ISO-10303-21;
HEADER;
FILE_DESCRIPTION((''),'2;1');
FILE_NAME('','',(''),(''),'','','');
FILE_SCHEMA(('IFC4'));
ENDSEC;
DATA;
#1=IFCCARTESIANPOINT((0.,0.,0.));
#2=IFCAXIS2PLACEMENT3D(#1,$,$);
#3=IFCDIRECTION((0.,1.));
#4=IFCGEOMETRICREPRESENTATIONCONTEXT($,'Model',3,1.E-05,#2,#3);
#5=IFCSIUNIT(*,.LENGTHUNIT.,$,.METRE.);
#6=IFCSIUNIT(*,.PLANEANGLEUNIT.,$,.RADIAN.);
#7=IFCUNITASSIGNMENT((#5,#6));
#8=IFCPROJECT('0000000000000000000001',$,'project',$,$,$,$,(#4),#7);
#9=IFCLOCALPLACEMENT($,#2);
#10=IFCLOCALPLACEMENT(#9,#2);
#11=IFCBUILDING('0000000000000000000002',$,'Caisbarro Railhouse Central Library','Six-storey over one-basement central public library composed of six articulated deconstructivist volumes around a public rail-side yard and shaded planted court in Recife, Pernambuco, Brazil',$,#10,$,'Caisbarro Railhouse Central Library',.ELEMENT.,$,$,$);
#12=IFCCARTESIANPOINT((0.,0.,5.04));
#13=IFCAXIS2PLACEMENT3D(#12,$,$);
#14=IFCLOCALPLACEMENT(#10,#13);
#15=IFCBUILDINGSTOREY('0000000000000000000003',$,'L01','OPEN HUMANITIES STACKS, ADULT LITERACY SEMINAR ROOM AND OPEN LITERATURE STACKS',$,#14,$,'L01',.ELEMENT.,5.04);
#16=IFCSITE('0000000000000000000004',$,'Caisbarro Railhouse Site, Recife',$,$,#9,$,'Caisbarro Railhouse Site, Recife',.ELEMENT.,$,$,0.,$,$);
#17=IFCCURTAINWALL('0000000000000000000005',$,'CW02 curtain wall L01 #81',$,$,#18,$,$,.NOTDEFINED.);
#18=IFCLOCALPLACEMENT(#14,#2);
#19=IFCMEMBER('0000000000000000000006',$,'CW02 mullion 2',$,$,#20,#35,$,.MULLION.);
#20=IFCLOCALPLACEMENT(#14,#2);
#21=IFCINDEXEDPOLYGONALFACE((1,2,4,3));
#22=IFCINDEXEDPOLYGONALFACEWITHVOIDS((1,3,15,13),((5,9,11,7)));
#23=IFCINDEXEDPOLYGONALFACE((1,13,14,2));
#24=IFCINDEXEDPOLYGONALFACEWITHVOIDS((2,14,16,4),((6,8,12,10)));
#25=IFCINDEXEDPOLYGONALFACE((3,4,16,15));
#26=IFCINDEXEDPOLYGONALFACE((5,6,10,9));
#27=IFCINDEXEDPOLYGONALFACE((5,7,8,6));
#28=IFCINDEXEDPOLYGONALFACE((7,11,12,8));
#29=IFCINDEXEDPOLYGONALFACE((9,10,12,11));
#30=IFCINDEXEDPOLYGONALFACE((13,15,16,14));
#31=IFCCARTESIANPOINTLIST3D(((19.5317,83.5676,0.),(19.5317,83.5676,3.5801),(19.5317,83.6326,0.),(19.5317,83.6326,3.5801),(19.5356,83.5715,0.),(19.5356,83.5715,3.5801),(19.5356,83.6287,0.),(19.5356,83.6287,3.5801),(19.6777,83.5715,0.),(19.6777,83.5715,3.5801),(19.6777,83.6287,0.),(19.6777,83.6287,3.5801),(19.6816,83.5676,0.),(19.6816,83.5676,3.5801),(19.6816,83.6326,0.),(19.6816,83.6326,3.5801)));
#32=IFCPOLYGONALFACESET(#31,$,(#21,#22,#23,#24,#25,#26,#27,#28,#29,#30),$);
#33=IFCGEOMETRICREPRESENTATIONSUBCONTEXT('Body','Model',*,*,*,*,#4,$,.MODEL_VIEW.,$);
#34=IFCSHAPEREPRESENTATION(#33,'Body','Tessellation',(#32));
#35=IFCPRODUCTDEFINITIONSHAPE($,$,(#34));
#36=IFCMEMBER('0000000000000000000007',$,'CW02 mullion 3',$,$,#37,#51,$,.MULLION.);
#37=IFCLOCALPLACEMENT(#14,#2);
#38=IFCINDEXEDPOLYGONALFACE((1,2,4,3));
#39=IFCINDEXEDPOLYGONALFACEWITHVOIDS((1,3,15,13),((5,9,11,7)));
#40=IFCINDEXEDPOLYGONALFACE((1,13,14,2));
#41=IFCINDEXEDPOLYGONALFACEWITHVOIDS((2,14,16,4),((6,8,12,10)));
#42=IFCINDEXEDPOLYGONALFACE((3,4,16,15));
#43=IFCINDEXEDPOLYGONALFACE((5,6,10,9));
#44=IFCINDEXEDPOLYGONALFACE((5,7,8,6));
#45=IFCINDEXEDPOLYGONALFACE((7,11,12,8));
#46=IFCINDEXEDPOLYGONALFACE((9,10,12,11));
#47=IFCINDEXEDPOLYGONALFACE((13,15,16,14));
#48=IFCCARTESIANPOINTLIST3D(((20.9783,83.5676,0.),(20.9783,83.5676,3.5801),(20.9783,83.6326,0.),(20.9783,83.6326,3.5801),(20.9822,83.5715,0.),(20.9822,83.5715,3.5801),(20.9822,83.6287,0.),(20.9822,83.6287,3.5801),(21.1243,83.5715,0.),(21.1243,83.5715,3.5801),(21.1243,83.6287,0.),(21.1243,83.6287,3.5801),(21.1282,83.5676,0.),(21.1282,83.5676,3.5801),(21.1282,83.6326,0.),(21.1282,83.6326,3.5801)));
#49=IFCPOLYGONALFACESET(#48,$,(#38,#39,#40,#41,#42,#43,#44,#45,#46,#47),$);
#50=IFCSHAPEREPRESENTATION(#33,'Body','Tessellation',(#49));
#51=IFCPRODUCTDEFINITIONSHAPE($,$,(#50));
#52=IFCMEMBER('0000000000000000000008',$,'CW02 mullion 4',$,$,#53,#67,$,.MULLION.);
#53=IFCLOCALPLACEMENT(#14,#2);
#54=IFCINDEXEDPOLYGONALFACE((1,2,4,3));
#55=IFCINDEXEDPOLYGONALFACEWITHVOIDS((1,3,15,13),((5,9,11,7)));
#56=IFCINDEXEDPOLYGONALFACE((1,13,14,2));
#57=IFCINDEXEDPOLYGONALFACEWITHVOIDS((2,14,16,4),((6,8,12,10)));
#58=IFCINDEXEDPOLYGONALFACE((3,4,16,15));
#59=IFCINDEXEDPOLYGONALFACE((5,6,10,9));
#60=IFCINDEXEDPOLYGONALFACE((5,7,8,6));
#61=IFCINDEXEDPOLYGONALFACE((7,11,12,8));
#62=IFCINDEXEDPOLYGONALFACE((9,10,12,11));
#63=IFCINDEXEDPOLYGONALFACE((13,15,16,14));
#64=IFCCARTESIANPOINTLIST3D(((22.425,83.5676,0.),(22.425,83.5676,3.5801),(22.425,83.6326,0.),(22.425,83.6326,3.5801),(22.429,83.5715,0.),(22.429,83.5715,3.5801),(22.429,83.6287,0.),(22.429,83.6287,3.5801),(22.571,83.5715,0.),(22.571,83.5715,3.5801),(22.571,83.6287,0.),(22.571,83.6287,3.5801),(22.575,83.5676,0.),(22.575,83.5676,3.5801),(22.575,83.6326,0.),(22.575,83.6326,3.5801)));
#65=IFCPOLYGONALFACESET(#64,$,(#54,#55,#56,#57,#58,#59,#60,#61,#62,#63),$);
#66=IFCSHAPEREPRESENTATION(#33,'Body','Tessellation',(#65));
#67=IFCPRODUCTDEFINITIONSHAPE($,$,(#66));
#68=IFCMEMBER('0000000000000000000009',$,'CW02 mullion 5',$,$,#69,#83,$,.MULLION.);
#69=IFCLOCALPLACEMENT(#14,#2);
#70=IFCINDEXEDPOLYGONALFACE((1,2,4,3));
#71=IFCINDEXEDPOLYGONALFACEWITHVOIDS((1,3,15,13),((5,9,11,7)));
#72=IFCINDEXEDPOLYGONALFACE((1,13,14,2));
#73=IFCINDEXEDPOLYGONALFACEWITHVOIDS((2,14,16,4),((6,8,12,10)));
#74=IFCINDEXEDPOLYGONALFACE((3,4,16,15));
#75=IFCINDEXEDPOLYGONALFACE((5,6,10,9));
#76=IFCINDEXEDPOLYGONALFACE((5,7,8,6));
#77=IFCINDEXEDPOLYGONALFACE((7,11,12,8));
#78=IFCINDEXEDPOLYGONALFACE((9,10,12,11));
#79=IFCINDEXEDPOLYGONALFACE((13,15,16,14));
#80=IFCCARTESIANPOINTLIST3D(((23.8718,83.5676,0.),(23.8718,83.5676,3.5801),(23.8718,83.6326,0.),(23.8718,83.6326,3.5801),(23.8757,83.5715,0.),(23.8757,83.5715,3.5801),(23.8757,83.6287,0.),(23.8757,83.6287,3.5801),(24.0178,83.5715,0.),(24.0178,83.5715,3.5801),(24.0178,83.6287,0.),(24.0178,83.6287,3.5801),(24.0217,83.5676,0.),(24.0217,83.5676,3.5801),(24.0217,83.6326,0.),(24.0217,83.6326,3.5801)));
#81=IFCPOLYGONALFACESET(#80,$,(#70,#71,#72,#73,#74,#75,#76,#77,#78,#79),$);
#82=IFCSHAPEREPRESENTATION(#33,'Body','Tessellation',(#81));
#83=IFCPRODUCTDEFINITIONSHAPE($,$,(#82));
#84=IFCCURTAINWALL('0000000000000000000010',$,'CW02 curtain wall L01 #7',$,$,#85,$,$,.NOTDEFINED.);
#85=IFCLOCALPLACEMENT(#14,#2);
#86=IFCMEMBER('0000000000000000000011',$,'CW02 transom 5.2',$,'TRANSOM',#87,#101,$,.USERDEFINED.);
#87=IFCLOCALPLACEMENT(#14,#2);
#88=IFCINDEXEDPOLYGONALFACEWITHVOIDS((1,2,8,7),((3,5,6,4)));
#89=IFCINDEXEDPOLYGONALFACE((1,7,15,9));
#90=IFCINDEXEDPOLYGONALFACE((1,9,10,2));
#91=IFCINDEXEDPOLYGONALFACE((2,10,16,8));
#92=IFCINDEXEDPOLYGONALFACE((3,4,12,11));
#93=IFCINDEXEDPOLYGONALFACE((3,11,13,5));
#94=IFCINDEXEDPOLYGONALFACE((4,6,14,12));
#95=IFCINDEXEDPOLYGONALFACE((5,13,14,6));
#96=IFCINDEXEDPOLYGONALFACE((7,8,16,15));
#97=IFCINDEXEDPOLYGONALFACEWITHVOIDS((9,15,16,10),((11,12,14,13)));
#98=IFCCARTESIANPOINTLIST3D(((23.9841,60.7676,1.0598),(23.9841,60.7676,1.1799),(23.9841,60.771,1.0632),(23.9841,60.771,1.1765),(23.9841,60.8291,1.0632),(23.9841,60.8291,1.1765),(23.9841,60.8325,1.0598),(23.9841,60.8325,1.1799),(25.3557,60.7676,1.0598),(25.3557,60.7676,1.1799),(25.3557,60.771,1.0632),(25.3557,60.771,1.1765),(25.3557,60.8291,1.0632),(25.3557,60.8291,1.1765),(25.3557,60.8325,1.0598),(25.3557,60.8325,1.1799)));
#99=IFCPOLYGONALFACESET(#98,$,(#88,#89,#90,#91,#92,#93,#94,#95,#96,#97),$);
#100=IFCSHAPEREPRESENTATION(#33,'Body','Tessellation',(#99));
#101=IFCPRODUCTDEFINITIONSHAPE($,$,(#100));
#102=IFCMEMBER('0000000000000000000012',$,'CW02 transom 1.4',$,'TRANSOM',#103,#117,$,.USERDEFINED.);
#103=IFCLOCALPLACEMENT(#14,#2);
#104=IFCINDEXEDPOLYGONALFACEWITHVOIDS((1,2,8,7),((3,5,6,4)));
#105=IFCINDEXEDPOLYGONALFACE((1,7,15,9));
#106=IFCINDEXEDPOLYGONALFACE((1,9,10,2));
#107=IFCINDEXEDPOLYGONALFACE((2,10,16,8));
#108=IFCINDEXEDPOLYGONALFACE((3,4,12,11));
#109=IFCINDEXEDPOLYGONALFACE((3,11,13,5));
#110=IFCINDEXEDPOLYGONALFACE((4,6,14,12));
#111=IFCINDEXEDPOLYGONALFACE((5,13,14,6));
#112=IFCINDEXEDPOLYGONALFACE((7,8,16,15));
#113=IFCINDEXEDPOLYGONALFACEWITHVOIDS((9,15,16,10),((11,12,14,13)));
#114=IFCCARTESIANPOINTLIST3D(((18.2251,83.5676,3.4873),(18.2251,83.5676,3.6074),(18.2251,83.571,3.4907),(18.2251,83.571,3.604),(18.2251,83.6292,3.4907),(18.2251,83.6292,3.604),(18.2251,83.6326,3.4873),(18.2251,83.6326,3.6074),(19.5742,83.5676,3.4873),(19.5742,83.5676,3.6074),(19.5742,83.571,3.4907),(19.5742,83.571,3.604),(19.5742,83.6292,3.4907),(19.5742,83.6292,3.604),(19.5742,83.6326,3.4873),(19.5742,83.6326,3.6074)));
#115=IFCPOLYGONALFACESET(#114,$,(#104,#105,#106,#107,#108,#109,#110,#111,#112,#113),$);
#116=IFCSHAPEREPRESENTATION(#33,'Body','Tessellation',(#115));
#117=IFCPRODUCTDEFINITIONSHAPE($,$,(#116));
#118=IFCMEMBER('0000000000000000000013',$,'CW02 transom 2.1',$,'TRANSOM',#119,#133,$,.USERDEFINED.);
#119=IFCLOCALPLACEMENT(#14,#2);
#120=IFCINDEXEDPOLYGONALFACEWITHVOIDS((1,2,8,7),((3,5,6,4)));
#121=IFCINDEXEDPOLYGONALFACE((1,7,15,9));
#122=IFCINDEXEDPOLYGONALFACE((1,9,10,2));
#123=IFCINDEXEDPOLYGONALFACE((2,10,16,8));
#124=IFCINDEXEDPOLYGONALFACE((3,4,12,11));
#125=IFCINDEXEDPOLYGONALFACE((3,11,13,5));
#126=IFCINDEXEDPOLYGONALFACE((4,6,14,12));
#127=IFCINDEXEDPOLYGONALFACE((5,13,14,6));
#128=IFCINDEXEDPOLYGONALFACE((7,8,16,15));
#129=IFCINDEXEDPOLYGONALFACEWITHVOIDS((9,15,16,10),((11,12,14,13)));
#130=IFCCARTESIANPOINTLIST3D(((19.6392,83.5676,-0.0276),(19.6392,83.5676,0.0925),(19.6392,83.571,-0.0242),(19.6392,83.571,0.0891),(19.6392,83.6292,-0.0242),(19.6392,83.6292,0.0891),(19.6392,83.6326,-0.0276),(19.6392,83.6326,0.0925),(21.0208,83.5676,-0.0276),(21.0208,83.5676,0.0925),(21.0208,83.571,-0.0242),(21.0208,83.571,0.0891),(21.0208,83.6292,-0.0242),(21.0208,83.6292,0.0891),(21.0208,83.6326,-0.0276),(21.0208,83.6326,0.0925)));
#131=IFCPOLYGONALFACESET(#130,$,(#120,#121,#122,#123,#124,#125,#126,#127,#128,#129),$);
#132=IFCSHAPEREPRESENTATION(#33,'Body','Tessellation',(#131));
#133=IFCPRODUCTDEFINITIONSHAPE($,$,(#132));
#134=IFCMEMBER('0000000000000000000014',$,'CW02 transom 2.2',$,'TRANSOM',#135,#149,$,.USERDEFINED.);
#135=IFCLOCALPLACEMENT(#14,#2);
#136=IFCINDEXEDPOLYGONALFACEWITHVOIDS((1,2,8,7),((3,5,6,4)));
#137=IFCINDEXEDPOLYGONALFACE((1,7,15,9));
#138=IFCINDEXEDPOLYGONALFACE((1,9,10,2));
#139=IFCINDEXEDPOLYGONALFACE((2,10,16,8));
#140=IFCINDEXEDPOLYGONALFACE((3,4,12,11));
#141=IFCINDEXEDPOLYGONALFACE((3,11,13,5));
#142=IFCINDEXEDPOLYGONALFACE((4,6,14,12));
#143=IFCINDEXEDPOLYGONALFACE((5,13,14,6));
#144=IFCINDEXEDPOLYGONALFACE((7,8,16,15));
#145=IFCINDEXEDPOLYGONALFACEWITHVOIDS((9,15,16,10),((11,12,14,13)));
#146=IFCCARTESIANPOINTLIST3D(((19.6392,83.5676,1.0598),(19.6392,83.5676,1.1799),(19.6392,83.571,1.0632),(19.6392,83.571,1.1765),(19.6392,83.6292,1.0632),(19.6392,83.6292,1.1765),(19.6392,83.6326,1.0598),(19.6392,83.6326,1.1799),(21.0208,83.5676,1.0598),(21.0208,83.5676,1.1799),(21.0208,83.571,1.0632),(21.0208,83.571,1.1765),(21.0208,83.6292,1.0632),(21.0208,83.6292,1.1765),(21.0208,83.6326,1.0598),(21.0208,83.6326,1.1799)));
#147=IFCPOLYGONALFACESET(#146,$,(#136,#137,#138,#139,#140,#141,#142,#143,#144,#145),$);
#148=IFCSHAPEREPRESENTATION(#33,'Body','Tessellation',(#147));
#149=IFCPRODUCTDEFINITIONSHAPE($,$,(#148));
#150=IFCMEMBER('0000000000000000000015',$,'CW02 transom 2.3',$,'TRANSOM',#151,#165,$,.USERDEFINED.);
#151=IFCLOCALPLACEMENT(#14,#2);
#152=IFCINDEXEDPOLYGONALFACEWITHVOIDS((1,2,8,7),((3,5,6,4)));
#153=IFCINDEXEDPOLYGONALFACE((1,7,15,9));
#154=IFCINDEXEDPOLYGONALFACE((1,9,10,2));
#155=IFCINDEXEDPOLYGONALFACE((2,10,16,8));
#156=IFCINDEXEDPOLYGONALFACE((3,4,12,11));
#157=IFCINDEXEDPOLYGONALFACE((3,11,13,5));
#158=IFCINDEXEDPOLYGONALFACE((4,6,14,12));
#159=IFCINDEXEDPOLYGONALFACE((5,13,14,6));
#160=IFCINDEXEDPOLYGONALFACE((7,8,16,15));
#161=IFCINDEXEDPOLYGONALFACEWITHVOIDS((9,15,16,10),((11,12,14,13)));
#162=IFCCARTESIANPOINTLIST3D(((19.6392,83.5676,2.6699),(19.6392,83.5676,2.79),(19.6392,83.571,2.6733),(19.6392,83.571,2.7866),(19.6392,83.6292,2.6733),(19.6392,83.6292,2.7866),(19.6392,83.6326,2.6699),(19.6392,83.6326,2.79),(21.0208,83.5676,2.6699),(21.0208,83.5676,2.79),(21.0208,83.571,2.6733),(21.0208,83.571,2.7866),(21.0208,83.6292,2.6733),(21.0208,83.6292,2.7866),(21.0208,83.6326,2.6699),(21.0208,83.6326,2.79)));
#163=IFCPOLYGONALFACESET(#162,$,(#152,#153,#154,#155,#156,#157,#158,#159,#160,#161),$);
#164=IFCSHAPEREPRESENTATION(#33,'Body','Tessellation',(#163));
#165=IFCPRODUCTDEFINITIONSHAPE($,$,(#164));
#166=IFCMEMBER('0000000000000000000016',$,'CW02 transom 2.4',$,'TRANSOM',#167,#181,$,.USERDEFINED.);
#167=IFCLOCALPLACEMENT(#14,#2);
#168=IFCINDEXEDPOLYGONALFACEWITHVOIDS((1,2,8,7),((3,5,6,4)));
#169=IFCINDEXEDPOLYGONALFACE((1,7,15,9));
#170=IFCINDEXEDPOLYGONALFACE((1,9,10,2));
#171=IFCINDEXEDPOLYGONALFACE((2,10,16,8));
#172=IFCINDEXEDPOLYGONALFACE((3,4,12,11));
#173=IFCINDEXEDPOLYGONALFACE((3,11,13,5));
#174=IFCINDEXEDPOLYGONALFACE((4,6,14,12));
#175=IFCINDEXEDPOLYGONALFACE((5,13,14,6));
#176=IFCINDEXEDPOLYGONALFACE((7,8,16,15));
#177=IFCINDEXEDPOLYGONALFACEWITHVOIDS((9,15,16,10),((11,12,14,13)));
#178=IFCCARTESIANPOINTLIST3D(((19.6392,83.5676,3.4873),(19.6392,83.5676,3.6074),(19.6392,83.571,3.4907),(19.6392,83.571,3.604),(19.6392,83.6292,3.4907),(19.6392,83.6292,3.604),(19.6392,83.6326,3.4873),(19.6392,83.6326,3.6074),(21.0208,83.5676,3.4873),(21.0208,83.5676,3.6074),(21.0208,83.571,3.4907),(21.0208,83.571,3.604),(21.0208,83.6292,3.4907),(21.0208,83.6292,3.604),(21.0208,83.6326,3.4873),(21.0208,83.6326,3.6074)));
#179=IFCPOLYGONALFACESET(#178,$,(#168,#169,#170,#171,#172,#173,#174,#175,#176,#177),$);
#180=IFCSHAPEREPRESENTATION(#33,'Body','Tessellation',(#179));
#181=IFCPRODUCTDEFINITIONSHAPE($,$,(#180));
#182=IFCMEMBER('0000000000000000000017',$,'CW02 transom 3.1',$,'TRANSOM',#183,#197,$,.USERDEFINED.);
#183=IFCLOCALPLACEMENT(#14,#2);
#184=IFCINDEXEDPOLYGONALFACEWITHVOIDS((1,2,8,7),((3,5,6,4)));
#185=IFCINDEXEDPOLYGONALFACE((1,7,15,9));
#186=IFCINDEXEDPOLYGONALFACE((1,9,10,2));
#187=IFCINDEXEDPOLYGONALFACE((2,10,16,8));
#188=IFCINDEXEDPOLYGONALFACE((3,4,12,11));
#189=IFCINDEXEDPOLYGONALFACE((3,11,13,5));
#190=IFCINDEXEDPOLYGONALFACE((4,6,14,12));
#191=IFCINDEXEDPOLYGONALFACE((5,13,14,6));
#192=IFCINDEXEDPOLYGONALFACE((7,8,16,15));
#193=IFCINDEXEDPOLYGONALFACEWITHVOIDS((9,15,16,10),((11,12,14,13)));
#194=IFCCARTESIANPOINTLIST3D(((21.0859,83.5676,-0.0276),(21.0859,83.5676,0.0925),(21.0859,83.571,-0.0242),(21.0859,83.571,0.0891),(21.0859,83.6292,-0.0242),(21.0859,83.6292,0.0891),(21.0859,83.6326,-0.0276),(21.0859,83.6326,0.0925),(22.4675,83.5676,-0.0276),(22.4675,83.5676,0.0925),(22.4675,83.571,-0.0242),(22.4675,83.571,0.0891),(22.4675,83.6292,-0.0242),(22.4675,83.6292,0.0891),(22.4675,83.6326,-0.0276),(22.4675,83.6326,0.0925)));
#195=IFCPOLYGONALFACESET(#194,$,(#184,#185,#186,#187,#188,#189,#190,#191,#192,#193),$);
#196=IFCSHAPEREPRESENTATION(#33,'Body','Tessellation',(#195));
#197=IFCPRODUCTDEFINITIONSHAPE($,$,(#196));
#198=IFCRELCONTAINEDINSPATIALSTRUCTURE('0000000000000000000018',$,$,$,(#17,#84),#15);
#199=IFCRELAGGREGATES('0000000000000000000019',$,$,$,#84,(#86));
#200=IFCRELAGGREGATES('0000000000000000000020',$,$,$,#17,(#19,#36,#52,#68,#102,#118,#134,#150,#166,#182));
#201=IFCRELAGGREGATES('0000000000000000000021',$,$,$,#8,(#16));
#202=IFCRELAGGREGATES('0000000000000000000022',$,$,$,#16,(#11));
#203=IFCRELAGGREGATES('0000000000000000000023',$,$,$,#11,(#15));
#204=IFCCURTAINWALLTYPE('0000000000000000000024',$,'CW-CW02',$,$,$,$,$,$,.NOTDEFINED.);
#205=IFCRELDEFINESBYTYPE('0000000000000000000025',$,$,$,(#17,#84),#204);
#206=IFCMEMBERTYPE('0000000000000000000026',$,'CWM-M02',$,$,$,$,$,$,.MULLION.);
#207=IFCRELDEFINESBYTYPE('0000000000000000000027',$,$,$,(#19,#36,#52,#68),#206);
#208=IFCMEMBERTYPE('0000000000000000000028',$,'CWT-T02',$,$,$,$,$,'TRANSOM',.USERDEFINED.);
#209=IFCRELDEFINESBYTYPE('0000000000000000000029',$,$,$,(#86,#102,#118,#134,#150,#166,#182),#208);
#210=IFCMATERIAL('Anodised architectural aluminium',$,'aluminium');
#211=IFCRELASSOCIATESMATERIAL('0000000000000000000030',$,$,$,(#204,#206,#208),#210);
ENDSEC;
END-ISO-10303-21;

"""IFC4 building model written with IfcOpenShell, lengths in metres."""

from ifc_helpers import new_model, si_unit, direction, frame, origin, origin_2d, place, context, subcontext, project, spatial, hollow_rectangle, extrude, material, material_profile, profile_set, type_object, element, aggregate, save


model = new_model("IFC4")

# Units and contexts
model_context = context("Model", 3, precision=1e-05, world=origin(), true_north=direction((0.0, 1.0)))
body_context = subcontext(model_context, "Body", "Model", "MODEL_VIEW")
ifc_project = project(units=[si_unit("LENGTHUNIT", "METRE"), si_unit("PLANEANGLEUNIT", "RADIAN")], contexts=[model_context])

# Site, building, storey
site_placement = place(None, origin())
site = spatial("IfcSite", under=ifc_project, at=site_placement, Name="Caisbarro Railhouse Site, Recife", LongName="Caisbarro Railhouse Site, Recife", CompositionType="ELEMENT", RefElevation=0.0)
building_placement = place(site_placement, origin())
building = spatial("IfcBuilding", under=site, at=building_placement, Name="Caisbarro Railhouse Central Library", Description="Six-storey over one-basement central public library composed of six articulated deconstructivist volumes around a public rail-side yard and shaded planted court in Recife, Pernambuco, Brazil", LongName="Caisbarro Railhouse Central Library", CompositionType="ELEMENT")
storey_placement = place(building_placement, frame((0.0, 0.0, 5.04)))
storey = spatial("IfcBuildingStorey", under=building, at=storey_placement, Name="L01", Description="OPEN HUMANITIES STACKS, ADULT LITERACY SEMINAR ROOM AND OPEN LITERATURE STACKS", LongName="L01", CompositionType="ELEMENT", Elevation=5.04)

# Curtain wall, members
ifc_material_1 = material(Name="Anodised architectural aluminium", Category="aluminium")
curtain_wall_type = type_object("IfcCurtainWallType", Name="CW-CW02", PredefinedType="NOTDEFINED", material=ifc_material_1)
curtain_wall_1_placement = place(storey_placement, origin())
curtain_wall_1 = element("IfcCurtainWall", 1, at=curtain_wall_1_placement, inside=storey, type_object=curtain_wall_type, Name="CW02 curtain wall L01 #81", PredefinedType="NOTDEFINED")
ifc_material_profile_1 = material_profile(ifc_material_1, hollow_rectangle(XDim=0.0649, YDim=0.1499, WallThickness=0.0039, at=origin_2d()), Name="ALU-MUL-65X150")
ifc_profile_set_1 = profile_set([ifc_material_profile_1], Name="Anodised architectural aluminium")
member_type_1 = type_object("IfcMemberType", Name="CWM-M02", PredefinedType="MULLION", material=ifc_profile_set_1)
member_1_placement = place(storey_placement, frame((19.6067, 83.6001, 0.0), z_axis=(0.0, 0.0, 1.0), x_axis=(0.0, 1.0, 0.0)))
member_1 = element("IfcMember", 2, at=member_1_placement, type_object=member_type_1, Name="CW02 mullion 2", PredefinedType="MULLION", context=body_context, shape_type="SweptSolid", body=[
    extrude(hollow_rectangle(XDim=0.0649, YDim=0.1499, WallThickness=0.0039, at=origin_2d()), origin(), (0.0, 0.0, 1.0), 3.5801),
])
member_2_placement = place(storey_placement, frame((21.0532, 83.6001, 0.0), z_axis=(0.0, 0.0, 1.0), x_axis=(0.0, 1.0, 0.0)))
member_2 = element("IfcMember", 3, at=member_2_placement, type_object=member_type_1, Name="CW02 mullion 3", PredefinedType="MULLION", context=body_context, shape_type="SweptSolid", body=[
    extrude(hollow_rectangle(XDim=0.0649, YDim=0.1499, WallThickness=0.0039, at=origin_2d()), origin(), (0.0, 0.0, 1.0), 3.5801),
])
member_3_placement = place(storey_placement, frame((22.5, 83.6001, 0.0), z_axis=(0.0, 0.0, 1.0), x_axis=(0.0, 1.0, 0.0)))
member_3 = element("IfcMember", 4, at=member_3_placement, type_object=member_type_1, Name="CW02 mullion 4", PredefinedType="MULLION", context=body_context, shape_type="SweptSolid", body=[
    extrude(hollow_rectangle(XDim=0.0649, YDim=0.1499, WallThickness=0.0039, at=origin_2d()), origin(), (0.0, 0.0, 1.0), 3.5801),
])
member_4_placement = place(storey_placement, frame((23.9468, 83.6001, 0.0), z_axis=(0.0, 0.0, 1.0), x_axis=(0.0, 1.0, 0.0)))
member_4 = element("IfcMember", 5, at=member_4_placement, type_object=member_type_1, Name="CW02 mullion 5", PredefinedType="MULLION", context=body_context, shape_type="SweptSolid", body=[
    extrude(hollow_rectangle(XDim=0.0649, YDim=0.1499, WallThickness=0.0039, at=origin_2d()), origin(), (0.0, 0.0, 1.0), 3.5801),
])

# Curtain wall, member
curtain_wall_2_placement = place(storey_placement, origin())
curtain_wall_2 = element("IfcCurtainWall", 6, at=curtain_wall_2_placement, inside=storey, type_object=curtain_wall_type, Name="CW02 curtain wall L01 #7", PredefinedType="NOTDEFINED")
ifc_material_profile_2 = material_profile(ifc_material_1, hollow_rectangle(XDim=0.0649, YDim=0.1201, WallThickness=0.0034, at=origin_2d()), Name="ALU-TRN-65X120")
ifc_profile_set_2 = profile_set([ifc_material_profile_2], Name="Anodised architectural aluminium")
member_type_2 = type_object("IfcMemberType", Name="CWT-T02", ElementType="TRANSOM", PredefinedType="USERDEFINED", material=ifc_profile_set_2)
member_5_placement = place(storey_placement, frame((23.9841, 60.8, 1.1199), z_axis=(1.0, 0.0, 0.0), x_axis=(0.0, 1.0, 0.0)))
member_5 = element("IfcMember", 7, at=member_5_placement, type_object=member_type_2, Name="CW02 transom 5.2", ObjectType="TRANSOM", PredefinedType="USERDEFINED", context=body_context, shape_type="SweptSolid", body=[
    extrude(hollow_rectangle(XDim=0.0649, YDim=0.1201, WallThickness=0.0034, at=origin_2d()), origin(), (0.0, 0.0, 1.0), 1.3716),
])
aggregate(curtain_wall_2, [member_5])

# Members
member_6_placement = place(storey_placement, frame((18.2251, 83.6001, 3.5474), z_axis=(1.0, 0.0, 0.0), x_axis=(0.0, 1.0, 0.0)))
member_6 = element("IfcMember", 8, at=member_6_placement, type_object=member_type_2, Name="CW02 transom 1.4", ObjectType="TRANSOM", PredefinedType="USERDEFINED", context=body_context, shape_type="SweptSolid", body=[
    extrude(hollow_rectangle(XDim=0.0649, YDim=0.1201, WallThickness=0.0034, at=origin_2d()), origin(), (0.0, 0.0, 1.0), 1.3491),
])
member_7_placement = place(storey_placement, frame((19.6392, 83.6001, 0.0325), z_axis=(1.0, 0.0, 0.0), x_axis=(0.0, 1.0, 0.0)))
member_7 = element("IfcMember", 9, at=member_7_placement, type_object=member_type_2, Name="CW02 transom 2.1", ObjectType="TRANSOM", PredefinedType="USERDEFINED", context=body_context, shape_type="SweptSolid", body=[
    extrude(hollow_rectangle(XDim=0.0649, YDim=0.1201, WallThickness=0.0034, at=origin_2d()), origin(), (0.0, 0.0, 1.0), 1.3816),
])
member_8_placement = place(storey_placement, frame((19.6392, 83.6001, 1.1199), z_axis=(1.0, 0.0, 0.0), x_axis=(0.0, 1.0, 0.0)))
member_8 = element("IfcMember", 10, at=member_8_placement, type_object=member_type_2, Name="CW02 transom 2.2", ObjectType="TRANSOM", PredefinedType="USERDEFINED", context=body_context, shape_type="SweptSolid", body=[
    extrude(hollow_rectangle(XDim=0.0649, YDim=0.1201, WallThickness=0.0034, at=origin_2d()), origin(), (0.0, 0.0, 1.0), 1.3816),
])
member_9_placement = place(storey_placement, frame((19.6392, 83.6001, 2.73), z_axis=(1.0, 0.0, 0.0), x_axis=(0.0, 1.0, 0.0)))
member_9 = element("IfcMember", 11, at=member_9_placement, type_object=member_type_2, Name="CW02 transom 2.3", ObjectType="TRANSOM", PredefinedType="USERDEFINED", context=body_context, shape_type="SweptSolid", body=[
    extrude(hollow_rectangle(XDim=0.0649, YDim=0.1201, WallThickness=0.0034, at=origin_2d()), origin(), (0.0, 0.0, 1.0), 1.3816),
])
member_10_placement = place(storey_placement, frame((19.6392, 83.6001, 3.5474), z_axis=(1.0, 0.0, 0.0), x_axis=(0.0, 1.0, 0.0)))
member_10 = element("IfcMember", 12, at=member_10_placement, type_object=member_type_2, Name="CW02 transom 2.4", ObjectType="TRANSOM", PredefinedType="USERDEFINED", context=body_context, shape_type="SweptSolid", body=[
    extrude(hollow_rectangle(XDim=0.0649, YDim=0.1201, WallThickness=0.0034, at=origin_2d()), origin(), (0.0, 0.0, 1.0), 1.3816),
])
member_11_placement = place(storey_placement, frame((21.0859, 83.6001, 0.0325), z_axis=(1.0, 0.0, 0.0), x_axis=(0.0, 1.0, 0.0)))
member_11 = element("IfcMember", 13, at=member_11_placement, type_object=member_type_2, Name="CW02 transom 3.1", ObjectType="TRANSOM", PredefinedType="USERDEFINED", context=body_context, shape_type="SweptSolid", body=[
    extrude(hollow_rectangle(XDim=0.0649, YDim=0.1201, WallThickness=0.0034, at=origin_2d()), origin(), (0.0, 0.0, 1.0), 1.3816),
])

aggregate(curtain_wall_1, [member_1, member_2, member_3, member_4, member_6, member_7, member_8, member_9, member_10, member_11])

save(model, "model.ifc")
